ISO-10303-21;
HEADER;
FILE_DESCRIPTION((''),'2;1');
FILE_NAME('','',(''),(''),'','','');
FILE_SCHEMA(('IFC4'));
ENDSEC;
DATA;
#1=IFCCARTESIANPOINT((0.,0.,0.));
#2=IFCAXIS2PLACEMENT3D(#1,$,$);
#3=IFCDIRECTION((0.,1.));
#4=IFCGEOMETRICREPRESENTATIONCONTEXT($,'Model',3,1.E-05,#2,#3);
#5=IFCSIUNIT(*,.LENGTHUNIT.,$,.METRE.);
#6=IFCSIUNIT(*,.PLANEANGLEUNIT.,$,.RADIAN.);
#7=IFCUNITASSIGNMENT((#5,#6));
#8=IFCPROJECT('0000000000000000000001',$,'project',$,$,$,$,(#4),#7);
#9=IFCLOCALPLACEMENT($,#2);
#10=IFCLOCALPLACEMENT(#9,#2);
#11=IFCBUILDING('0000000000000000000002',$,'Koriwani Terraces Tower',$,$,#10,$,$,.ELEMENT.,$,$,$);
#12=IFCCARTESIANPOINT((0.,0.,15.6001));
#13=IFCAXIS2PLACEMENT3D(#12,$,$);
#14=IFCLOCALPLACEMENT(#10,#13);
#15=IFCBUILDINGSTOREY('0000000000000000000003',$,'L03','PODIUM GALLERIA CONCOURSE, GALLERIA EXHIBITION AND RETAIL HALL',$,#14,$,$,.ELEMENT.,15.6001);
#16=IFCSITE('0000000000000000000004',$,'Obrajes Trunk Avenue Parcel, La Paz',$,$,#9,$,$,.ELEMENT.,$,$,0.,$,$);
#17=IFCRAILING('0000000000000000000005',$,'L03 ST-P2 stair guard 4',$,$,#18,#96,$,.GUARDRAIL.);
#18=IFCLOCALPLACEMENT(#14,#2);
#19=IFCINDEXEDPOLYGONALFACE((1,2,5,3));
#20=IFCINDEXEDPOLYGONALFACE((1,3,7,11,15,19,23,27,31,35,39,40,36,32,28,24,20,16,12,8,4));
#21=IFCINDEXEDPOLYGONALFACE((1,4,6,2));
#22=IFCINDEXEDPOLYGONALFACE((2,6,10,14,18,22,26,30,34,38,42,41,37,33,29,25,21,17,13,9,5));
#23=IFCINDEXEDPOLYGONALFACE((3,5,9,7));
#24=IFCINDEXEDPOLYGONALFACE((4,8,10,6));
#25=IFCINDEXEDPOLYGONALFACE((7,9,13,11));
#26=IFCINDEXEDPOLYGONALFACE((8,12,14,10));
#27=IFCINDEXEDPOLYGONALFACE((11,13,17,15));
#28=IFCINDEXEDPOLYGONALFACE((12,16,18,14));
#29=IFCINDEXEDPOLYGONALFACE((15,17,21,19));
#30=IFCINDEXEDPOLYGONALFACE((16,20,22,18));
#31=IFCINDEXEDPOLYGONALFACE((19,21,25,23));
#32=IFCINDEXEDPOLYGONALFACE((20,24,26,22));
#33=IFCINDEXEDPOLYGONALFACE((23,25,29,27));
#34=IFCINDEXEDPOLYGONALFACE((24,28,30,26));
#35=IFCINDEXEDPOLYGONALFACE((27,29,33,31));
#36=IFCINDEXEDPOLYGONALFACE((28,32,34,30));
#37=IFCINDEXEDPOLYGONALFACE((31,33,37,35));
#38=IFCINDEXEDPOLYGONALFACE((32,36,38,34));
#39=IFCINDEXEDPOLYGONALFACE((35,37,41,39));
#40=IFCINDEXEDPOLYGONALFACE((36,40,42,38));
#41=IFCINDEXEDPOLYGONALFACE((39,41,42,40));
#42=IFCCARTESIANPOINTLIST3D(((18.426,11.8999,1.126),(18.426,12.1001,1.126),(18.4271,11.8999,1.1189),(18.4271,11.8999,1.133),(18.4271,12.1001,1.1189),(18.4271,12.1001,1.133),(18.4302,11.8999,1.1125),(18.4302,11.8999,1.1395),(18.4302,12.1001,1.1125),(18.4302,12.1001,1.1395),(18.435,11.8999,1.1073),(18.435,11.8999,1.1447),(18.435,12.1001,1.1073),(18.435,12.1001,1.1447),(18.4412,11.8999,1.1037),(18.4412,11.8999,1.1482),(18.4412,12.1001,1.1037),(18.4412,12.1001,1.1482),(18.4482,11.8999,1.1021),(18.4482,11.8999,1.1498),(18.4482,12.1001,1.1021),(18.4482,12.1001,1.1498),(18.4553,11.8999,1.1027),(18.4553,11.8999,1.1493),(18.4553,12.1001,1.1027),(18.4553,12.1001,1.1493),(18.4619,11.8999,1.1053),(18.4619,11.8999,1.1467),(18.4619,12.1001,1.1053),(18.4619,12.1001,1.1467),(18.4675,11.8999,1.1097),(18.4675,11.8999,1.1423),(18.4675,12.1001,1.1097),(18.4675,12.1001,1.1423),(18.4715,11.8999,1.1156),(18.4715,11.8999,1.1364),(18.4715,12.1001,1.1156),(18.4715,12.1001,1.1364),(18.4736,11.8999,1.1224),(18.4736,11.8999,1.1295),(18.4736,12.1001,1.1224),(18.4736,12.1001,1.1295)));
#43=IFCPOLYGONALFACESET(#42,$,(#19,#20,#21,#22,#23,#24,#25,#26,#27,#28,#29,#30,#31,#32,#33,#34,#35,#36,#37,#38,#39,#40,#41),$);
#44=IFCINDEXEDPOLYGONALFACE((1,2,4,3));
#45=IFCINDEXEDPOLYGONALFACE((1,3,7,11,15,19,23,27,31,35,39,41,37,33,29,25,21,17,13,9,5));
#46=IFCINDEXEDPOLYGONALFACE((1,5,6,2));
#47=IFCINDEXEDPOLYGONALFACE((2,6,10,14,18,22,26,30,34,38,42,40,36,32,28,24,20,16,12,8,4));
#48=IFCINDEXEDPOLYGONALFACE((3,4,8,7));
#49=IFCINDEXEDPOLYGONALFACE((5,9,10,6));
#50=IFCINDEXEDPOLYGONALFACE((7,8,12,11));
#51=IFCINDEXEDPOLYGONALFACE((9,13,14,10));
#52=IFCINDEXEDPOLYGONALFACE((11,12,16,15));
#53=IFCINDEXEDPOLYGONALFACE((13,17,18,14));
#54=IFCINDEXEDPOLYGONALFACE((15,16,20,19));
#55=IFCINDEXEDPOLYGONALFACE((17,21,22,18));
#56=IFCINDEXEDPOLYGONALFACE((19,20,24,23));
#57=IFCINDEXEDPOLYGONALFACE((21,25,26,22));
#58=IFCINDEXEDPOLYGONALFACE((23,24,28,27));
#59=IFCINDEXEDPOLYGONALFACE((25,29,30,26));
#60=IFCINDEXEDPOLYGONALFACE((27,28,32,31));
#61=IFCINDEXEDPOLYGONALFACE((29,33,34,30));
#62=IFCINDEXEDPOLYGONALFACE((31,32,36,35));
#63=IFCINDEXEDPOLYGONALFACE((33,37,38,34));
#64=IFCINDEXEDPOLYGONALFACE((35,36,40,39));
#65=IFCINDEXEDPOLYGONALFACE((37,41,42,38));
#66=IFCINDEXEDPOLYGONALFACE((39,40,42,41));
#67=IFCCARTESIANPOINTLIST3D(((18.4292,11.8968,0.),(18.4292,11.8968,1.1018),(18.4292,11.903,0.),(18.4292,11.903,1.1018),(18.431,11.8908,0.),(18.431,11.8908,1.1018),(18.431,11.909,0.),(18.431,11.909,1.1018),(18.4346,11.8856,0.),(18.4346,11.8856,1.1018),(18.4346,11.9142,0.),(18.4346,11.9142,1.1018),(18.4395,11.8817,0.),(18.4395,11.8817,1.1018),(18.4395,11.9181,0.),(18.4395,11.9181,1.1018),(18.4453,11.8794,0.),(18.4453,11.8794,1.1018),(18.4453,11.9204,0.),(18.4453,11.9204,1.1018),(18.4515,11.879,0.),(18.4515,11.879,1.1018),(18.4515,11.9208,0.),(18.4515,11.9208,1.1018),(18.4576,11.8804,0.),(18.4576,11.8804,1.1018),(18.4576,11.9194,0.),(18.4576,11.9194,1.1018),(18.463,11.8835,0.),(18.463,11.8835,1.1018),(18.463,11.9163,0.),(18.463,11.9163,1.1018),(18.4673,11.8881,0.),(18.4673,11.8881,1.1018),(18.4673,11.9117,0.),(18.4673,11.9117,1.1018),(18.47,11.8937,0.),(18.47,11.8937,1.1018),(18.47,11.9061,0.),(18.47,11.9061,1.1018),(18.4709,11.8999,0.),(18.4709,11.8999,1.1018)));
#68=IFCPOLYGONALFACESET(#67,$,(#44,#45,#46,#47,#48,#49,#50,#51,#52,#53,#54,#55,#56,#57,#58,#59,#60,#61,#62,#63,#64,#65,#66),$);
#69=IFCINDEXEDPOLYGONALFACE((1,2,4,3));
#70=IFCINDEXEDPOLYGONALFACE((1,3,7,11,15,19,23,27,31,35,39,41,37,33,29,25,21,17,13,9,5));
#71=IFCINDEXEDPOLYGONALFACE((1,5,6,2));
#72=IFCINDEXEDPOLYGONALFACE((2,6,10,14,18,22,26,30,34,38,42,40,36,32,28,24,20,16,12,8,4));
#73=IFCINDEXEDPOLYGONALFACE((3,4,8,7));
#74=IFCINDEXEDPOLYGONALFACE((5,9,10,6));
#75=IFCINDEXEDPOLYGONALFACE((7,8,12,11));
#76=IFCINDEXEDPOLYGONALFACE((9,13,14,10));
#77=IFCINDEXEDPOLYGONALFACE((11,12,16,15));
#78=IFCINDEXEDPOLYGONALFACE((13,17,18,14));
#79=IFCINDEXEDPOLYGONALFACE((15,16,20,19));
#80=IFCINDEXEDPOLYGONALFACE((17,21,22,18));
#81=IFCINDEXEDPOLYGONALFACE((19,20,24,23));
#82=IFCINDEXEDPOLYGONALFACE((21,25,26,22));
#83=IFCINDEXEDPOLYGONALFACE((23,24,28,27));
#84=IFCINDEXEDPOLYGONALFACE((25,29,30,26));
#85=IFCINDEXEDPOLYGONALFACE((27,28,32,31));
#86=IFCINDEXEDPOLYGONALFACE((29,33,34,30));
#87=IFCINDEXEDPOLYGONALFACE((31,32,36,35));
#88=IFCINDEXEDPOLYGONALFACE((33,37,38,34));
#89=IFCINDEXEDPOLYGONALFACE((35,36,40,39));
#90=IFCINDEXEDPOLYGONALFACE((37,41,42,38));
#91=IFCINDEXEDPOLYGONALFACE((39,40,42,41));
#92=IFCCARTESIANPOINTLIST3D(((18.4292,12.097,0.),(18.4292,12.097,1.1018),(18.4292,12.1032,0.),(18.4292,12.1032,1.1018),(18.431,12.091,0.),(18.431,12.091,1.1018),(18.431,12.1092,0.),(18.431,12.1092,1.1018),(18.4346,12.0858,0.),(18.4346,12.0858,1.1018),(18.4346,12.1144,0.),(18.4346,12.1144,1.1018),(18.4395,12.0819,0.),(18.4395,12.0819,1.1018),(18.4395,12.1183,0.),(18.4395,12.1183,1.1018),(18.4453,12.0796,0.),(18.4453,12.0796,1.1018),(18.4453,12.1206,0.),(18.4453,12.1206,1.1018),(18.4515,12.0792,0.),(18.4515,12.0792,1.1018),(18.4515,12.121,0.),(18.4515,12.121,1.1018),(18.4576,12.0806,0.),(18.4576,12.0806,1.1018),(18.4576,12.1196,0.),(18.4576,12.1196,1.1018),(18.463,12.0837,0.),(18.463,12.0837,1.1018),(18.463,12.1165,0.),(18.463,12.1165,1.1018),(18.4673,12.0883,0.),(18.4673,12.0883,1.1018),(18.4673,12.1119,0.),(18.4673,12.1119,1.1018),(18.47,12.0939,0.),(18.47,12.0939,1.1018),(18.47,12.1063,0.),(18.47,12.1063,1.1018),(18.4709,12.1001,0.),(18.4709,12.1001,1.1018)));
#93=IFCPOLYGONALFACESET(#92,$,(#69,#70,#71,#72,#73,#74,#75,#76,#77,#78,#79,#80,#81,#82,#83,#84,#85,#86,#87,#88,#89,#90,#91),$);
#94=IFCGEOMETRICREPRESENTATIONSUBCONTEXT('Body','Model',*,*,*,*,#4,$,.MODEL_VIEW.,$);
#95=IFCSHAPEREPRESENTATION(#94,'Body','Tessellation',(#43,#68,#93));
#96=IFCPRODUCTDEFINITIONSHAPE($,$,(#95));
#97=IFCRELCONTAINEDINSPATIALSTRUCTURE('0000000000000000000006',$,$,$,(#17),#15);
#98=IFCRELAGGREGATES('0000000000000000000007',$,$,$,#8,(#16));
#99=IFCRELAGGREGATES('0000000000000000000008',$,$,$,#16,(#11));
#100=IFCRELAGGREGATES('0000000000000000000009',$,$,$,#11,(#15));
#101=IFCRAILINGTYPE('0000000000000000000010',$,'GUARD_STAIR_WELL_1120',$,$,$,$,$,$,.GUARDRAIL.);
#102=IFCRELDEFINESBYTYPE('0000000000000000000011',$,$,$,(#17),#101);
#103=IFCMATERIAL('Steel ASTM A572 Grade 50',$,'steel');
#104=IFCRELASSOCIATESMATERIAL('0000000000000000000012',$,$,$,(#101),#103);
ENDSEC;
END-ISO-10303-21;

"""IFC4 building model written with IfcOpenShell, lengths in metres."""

from ifc_helpers import new_model, si_unit, direction, frame, origin, origin_2d, place, context, subcontext, project, spatial, circle, extrude, material, type_object, element, save


model = new_model("IFC4")

# Units and contexts
model_context = context("Model", 3, precision=1e-05, world=origin(), true_north=direction((0.0, 1.0)))
body_context = subcontext(model_context, "Body", "Model", "MODEL_VIEW")
ifc_project = project(units=[si_unit("LENGTHUNIT", "METRE"), si_unit("PLANEANGLEUNIT", "RADIAN")], contexts=[model_context])

# Site, building, storey
site_placement = place(None, origin())
site = spatial("IfcSite", under=ifc_project, at=site_placement, Name="Obrajes Trunk Avenue Parcel, La Paz", CompositionType="ELEMENT", RefElevation=0.0)
building_placement = place(site_placement, origin())
building = spatial("IfcBuilding", under=site, at=building_placement, Name="Koriwani Terraces Tower", CompositionType="ELEMENT")
storey_placement = place(building_placement, frame((0.0, 0.0, 15.6001)))
storey = spatial("IfcBuildingStorey", under=building, at=storey_placement, Name="L03", Description="PODIUM GALLERIA CONCOURSE, GALLERIA EXHIBITION AND RETAIL HALL", CompositionType="ELEMENT", Elevation=15.6001)

# Shared definitions
ifc_material_1 = material(Name="Steel ASTM A572 Grade 50", Category="steel")

# Railing
railing_type_1 = type_object("IfcRailingType", Name="GUARD_STAIR_WELL_1120", PredefinedType="GUARDRAIL", material=ifc_material_1)
railing_1_placement = place(storey_placement, frame((18.45, 11.8999, 0.0)))
element("IfcRailing", 1, at=railing_1_placement, inside=storey, type_object=railing_type_1, Name="L03 ST-P2 stair guard 4", PredefinedType="GUARDRAIL", context=body_context, shape_type="SweptSolid", body=[
    extrude(circle(Radius=0.0239, at=origin_2d()), frame((0.0, 0.0, 1.126), z_axis=(0.0, 1.0, 0.0), x_axis=(-1.0, 0.0, 0.0)), (0.0, 0.0, 1.0), 0.2002),
    extrude(circle(Radius=0.021, at=origin_2d()), origin(), (0.0, 0.0, 1.0), 1.1018),
    extrude(circle(Radius=0.021, at=origin_2d()), frame((0.0, 0.2002, 0.0)), (0.0, 0.0, 1.0), 1.1018),
])

save(model, "model.ifc")
